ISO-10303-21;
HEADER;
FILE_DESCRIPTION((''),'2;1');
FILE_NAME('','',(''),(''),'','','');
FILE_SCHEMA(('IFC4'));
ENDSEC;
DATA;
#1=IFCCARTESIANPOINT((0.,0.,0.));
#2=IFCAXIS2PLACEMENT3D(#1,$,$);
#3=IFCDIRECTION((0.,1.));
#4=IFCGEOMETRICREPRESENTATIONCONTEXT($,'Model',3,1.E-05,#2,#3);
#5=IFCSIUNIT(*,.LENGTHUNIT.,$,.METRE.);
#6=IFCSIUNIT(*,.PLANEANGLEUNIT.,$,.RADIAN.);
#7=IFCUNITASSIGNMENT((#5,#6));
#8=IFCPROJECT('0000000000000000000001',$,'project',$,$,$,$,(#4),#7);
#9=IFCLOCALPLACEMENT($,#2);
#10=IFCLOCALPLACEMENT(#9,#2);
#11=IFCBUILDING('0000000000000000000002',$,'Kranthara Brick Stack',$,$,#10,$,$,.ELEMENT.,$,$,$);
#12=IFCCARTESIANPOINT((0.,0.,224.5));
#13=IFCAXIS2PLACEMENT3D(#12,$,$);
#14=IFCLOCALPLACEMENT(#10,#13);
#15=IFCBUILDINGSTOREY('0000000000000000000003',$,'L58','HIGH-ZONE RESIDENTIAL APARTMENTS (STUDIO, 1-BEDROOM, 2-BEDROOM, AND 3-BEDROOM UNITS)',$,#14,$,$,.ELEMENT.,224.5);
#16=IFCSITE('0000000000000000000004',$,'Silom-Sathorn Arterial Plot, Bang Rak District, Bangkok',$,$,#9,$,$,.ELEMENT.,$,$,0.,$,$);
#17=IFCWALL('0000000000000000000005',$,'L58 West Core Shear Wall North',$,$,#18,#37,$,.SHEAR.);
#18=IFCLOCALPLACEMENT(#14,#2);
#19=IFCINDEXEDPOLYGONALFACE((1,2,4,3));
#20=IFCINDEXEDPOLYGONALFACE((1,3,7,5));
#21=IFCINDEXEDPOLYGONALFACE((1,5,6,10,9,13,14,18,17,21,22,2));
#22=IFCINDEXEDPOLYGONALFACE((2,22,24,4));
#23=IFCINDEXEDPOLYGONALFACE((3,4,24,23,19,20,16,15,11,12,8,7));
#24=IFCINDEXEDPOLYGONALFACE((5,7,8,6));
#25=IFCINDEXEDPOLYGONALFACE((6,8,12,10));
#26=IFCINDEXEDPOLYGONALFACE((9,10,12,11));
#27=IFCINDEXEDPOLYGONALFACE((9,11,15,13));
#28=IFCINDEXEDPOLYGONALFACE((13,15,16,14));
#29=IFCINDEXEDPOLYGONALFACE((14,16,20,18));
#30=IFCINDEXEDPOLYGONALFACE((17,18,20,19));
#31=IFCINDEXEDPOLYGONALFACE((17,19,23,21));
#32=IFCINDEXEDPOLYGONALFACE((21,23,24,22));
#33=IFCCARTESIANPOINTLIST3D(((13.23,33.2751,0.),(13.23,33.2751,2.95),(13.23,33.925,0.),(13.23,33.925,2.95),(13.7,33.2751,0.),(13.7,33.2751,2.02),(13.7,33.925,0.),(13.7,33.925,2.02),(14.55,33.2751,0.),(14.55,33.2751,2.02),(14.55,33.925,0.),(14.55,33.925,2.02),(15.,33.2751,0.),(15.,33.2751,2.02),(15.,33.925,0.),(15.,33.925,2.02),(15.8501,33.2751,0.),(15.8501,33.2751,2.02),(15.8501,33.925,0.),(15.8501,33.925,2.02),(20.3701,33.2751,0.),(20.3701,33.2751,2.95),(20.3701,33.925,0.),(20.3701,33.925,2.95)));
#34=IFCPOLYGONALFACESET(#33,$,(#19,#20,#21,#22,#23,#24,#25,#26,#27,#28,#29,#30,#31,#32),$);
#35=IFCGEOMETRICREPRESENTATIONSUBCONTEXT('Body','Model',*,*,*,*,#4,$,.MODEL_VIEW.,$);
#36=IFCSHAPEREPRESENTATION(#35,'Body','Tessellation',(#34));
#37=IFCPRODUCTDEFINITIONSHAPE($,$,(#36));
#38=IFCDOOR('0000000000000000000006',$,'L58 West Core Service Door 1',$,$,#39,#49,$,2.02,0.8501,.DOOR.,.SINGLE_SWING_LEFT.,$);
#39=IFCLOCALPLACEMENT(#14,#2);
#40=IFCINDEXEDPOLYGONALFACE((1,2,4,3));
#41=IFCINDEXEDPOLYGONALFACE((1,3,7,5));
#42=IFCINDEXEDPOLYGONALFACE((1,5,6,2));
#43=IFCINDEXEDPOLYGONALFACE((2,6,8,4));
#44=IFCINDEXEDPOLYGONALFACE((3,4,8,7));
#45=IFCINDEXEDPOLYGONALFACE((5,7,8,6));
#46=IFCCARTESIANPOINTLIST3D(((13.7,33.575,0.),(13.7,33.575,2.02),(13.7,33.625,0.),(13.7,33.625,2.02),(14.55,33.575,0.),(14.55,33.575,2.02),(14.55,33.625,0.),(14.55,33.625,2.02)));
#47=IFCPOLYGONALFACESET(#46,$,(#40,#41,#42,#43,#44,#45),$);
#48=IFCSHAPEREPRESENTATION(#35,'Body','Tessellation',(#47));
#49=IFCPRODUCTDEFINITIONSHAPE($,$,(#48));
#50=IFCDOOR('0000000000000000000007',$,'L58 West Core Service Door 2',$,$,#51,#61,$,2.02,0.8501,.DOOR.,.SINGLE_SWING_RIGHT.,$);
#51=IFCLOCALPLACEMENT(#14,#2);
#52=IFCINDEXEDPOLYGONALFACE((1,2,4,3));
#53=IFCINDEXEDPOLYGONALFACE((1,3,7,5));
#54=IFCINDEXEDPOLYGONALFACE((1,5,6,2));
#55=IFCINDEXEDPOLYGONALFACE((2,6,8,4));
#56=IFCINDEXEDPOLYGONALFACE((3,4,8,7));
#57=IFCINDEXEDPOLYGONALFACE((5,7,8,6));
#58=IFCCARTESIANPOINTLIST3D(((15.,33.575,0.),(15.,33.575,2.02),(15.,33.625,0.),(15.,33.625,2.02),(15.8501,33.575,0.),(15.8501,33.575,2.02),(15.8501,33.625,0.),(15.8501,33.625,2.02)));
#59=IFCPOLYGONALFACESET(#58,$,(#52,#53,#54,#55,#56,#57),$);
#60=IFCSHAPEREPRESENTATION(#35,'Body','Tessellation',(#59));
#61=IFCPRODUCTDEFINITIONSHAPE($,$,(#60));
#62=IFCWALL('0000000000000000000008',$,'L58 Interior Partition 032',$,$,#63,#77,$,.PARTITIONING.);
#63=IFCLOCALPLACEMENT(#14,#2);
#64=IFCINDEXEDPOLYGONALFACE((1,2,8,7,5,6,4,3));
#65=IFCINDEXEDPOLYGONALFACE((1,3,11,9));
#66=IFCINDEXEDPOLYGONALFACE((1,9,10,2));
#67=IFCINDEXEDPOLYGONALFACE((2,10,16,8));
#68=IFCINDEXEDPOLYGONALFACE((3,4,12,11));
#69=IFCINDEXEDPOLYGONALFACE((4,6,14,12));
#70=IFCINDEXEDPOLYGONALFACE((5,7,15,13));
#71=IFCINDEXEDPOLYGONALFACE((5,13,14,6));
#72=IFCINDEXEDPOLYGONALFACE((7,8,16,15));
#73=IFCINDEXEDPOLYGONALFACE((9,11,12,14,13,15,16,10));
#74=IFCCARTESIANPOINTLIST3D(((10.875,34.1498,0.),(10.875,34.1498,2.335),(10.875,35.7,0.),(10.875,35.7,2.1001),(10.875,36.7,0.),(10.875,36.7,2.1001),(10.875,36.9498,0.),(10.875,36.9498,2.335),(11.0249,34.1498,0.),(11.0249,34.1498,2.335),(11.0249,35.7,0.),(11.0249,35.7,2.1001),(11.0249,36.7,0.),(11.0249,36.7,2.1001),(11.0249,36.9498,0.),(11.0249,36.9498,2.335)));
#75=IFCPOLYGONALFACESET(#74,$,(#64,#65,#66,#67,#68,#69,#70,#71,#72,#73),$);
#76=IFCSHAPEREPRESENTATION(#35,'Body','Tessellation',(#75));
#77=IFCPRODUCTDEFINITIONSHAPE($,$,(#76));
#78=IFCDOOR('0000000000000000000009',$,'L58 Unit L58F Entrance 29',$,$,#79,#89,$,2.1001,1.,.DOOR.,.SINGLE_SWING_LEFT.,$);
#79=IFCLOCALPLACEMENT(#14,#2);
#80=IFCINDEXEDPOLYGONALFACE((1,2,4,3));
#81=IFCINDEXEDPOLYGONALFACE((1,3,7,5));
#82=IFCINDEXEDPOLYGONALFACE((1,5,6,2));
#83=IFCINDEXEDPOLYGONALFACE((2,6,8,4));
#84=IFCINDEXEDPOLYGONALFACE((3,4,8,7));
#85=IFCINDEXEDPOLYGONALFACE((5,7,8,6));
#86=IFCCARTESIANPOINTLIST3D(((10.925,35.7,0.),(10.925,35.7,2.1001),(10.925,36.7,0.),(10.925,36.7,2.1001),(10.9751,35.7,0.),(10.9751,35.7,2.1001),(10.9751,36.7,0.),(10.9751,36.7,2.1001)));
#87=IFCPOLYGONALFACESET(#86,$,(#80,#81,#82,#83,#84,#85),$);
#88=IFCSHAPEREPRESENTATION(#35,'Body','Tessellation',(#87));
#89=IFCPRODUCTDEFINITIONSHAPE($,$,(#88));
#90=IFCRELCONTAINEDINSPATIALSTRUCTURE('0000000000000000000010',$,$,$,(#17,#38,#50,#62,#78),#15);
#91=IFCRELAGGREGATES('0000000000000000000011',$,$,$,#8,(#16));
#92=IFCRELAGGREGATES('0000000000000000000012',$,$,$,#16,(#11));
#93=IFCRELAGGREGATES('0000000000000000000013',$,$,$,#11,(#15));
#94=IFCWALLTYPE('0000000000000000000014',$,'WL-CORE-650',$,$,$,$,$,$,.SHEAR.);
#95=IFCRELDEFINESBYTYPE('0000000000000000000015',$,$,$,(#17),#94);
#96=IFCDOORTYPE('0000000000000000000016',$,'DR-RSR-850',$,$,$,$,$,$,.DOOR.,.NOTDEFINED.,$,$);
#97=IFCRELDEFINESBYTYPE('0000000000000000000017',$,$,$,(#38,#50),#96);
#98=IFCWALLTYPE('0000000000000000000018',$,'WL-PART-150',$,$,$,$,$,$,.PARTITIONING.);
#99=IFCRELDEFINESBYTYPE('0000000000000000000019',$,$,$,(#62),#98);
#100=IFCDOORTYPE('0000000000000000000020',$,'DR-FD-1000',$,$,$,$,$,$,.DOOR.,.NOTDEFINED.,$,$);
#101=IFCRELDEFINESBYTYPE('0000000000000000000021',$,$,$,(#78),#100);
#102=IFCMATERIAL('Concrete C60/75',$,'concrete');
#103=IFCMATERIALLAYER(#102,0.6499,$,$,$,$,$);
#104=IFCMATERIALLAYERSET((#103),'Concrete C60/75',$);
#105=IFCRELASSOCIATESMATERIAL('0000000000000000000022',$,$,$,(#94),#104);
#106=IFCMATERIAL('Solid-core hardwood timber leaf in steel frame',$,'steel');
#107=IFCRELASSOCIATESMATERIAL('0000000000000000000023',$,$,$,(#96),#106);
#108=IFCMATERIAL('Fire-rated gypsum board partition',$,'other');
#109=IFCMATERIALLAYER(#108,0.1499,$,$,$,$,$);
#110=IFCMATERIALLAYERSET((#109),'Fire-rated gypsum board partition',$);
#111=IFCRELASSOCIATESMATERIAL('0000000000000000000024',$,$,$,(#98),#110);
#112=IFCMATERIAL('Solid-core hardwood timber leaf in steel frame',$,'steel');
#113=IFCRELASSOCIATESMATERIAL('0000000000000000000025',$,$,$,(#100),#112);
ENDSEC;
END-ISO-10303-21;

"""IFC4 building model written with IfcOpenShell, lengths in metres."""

from ifc_helpers import new_model, si_unit, direction, frame, frame_2d, origin, place, context, subcontext, project, spatial, rectangle, extrude, material, layer, layer_set, type_object, element, fill, save


model = new_model("IFC4")

# Units and contexts
model_context = context("Model", 3, precision=1e-05, world=origin(), true_north=direction((0.0, 1.0)))
body_context = subcontext(model_context, "Body", "Model", "MODEL_VIEW")
ifc_project = project(units=[si_unit("LENGTHUNIT", "METRE"), si_unit("PLANEANGLEUNIT", "RADIAN")], contexts=[model_context])

# Site, building, storey
site_placement = place(None, origin())
site = spatial("IfcSite", under=ifc_project, at=site_placement, Name="Silom-Sathorn Arterial Plot, Bang Rak District, Bangkok", CompositionType="ELEMENT", RefElevation=0.0)
building_placement = place(site_placement, origin())
building = spatial("IfcBuilding", under=site, at=building_placement, Name="Kranthara Brick Stack", CompositionType="ELEMENT")
storey_placement = place(building_placement, frame((0.0, 0.0, 224.5)))
storey = spatial("IfcBuildingStorey", under=building, at=storey_placement, Name="L58", Description="HIGH-ZONE RESIDENTIAL APARTMENTS (STUDIO, 1-BEDROOM, 2-BEDROOM, AND 3-BEDROOM UNITS)", CompositionType="ELEMENT", Elevation=224.5)

# Wall, openings, doors
ifc_material_1 = material(Name="Concrete C60/75", Category="concrete")
ifc_layer_1 = layer(ifc_material_1, 0.6499)
ifc_layer_set_1 = layer_set([ifc_layer_1], Name="Concrete C60/75")
wall_type_1 = type_object("IfcWallType", Name="WL-CORE-650", PredefinedType="SHEAR", material=ifc_layer_set_1)
wall_1_placement = place(storey_placement, frame((13.23, 33.6001, 0.0), z_axis=(0.0, 0.0, 1.0), x_axis=(1.0, 0.0, 0.0)))
wall_1 = element("IfcWall", 1, at=wall_1_placement, inside=storey, type_object=wall_type_1, Name="L58 West Core Shear Wall North", PredefinedType="SHEAR", context=body_context, shape_type="SweptSolid", body=[
    extrude(rectangle(XDim=7.1401, YDim=0.6499, at=frame_2d((3.5701, 0.0))), origin(), (0.0, 0.0, 1.0), 2.95),
])
opening_1_placement = place(wall_1_placement, frame((0.47, 0.0, 0.0)))
opening_1 = element("IfcOpeningElement", 2, at=opening_1_placement, cuts=wall_1, PredefinedType="OPENING", context=body_context, shape_type="SweptSolid", body=[
    extrude(rectangle(XDim=0.8501, YDim=2.02, at=frame_2d((0.425, 1.01))), frame((0.0, 0.335, 0.0), z_axis=(0.0, -1.0, 0.0), x_axis=(1.0, 0.0, 0.0)), (0.0, 0.0, 1.0), 0.6699),
])
opening_2_placement = place(wall_1_placement, frame((1.77, 0.0, 0.0)))
opening_2 = element("IfcOpeningElement", 3, at=opening_2_placement, cuts=wall_1, PredefinedType="OPENING", context=body_context, shape_type="SweptSolid", body=[
    extrude(rectangle(XDim=0.8501, YDim=2.02, at=frame_2d((0.425, 1.01))), frame((0.0, 0.335, 0.0), z_axis=(0.0, -1.0, 0.0), x_axis=(1.0, 0.0, 0.0)), (0.0, 0.0, 1.0), 0.6699),
])
ifc_material_2 = material(Name="Solid-core hardwood timber leaf in steel frame", Category="steel")
door_type_1 = type_object("IfcDoorType", Name="DR-RSR-850", OperationType="NOTDEFINED", PredefinedType="DOOR", material=ifc_material_2)
door_1_placement = place(opening_1_placement, origin())
door_1 = element("IfcDoor", 4, at=door_1_placement, inside=storey, type_object=door_type_1, Name="L58 West Core Service Door 1", OperationType="SINGLE_SWING_LEFT", OverallHeight=2.02, OverallWidth=0.8501, PredefinedType="DOOR", context=body_context, shape_type="SweptSolid", body=[
    extrude(rectangle(XDim=0.8501, YDim=2.02, at=frame_2d((0.425, 1.01))), frame((0.0, 0.0249, 0.0), z_axis=(0.0, -1.0, 0.0), x_axis=(1.0, 0.0, 0.0)), (0.0, 0.0, 1.0), 0.05),
])
fill(opening_1, door_1)
door_2_placement = place(opening_2_placement, origin())
door_2 = element("IfcDoor", 5, at=door_2_placement, inside=storey, type_object=door_type_1, Name="L58 West Core Service Door 2", OperationType="SINGLE_SWING_RIGHT", OverallHeight=2.02, OverallWidth=0.8501, PredefinedType="DOOR", context=body_context, shape_type="SweptSolid", body=[
    extrude(rectangle(XDim=0.8501, YDim=2.02, at=frame_2d((0.425, 1.01))), frame((0.0, 0.0249, 0.0), z_axis=(0.0, -1.0, 0.0), x_axis=(1.0, 0.0, 0.0)), (0.0, 0.0, 1.0), 0.05),
])
fill(opening_2, door_2)

# Wall, opening, door
ifc_material_3 = material(Name="Fire-rated gypsum board partition", Category="other")
ifc_layer_2 = layer(ifc_material_3, 0.1499)
ifc_layer_set_2 = layer_set([ifc_layer_2], Name="Fire-rated gypsum board partition")
wall_type_2 = type_object("IfcWallType", Name="WL-PART-150", PredefinedType="PARTITIONING", material=ifc_layer_set_2)
wall_2_placement = place(storey_placement, frame((10.95, 34.1499, 0.0), z_axis=(0.0, 0.0, 1.0), x_axis=(0.0, 1.0, 0.0)))
wall_2 = element("IfcWall", 6, at=wall_2_placement, inside=storey, type_object=wall_type_2, Name="L58 Interior Partition 032", PredefinedType="PARTITIONING", context=body_context, shape_type="SweptSolid", body=[
    extrude(rectangle(XDim=2.8, YDim=0.1499, at=frame_2d((1.3999, 0.0))), origin(), (0.0, 0.0, 1.0), 2.335),
])
opening_3_placement = place(wall_2_placement, frame((1.55, 0.0, 0.0)))
opening_3 = element("IfcOpeningElement", 7, at=opening_3_placement, cuts=wall_2, PredefinedType="OPENING", context=body_context, shape_type="SweptSolid", body=[
    extrude(rectangle(XDim=1.0, YDim=2.1001, at=frame_2d((0.5, 1.05))), frame((0.0, 0.085, 0.0), z_axis=(0.0, -1.0, 0.0), x_axis=(1.0, 0.0, 0.0)), (0.0, 0.0, 1.0), 0.1699),
])
ifc_material_4 = material(Name="Solid-core hardwood timber leaf in steel frame", Category="steel")
door_type_2 = type_object("IfcDoorType", Name="DR-FD-1000", OperationType="NOTDEFINED", PredefinedType="DOOR", material=ifc_material_4)
door_3_placement = place(opening_3_placement, origin())
door_3 = element("IfcDoor", 8, at=door_3_placement, inside=storey, type_object=door_type_2, Name="L58 Unit L58F Entrance 29", OperationType="SINGLE_SWING_LEFT", OverallHeight=2.1001, OverallWidth=1.0, PredefinedType="DOOR", context=body_context, shape_type="SweptSolid", body=[
    extrude(rectangle(XDim=1.0, YDim=2.1001, at=frame_2d((0.5, 1.05))), frame((0.0, 0.0249, 0.0), z_axis=(0.0, -1.0, 0.0), x_axis=(1.0, 0.0, 0.0)), (0.0, 0.0, 1.0), 0.05),
])
fill(opening_3, door_3)

save(model, "model.ifc")
